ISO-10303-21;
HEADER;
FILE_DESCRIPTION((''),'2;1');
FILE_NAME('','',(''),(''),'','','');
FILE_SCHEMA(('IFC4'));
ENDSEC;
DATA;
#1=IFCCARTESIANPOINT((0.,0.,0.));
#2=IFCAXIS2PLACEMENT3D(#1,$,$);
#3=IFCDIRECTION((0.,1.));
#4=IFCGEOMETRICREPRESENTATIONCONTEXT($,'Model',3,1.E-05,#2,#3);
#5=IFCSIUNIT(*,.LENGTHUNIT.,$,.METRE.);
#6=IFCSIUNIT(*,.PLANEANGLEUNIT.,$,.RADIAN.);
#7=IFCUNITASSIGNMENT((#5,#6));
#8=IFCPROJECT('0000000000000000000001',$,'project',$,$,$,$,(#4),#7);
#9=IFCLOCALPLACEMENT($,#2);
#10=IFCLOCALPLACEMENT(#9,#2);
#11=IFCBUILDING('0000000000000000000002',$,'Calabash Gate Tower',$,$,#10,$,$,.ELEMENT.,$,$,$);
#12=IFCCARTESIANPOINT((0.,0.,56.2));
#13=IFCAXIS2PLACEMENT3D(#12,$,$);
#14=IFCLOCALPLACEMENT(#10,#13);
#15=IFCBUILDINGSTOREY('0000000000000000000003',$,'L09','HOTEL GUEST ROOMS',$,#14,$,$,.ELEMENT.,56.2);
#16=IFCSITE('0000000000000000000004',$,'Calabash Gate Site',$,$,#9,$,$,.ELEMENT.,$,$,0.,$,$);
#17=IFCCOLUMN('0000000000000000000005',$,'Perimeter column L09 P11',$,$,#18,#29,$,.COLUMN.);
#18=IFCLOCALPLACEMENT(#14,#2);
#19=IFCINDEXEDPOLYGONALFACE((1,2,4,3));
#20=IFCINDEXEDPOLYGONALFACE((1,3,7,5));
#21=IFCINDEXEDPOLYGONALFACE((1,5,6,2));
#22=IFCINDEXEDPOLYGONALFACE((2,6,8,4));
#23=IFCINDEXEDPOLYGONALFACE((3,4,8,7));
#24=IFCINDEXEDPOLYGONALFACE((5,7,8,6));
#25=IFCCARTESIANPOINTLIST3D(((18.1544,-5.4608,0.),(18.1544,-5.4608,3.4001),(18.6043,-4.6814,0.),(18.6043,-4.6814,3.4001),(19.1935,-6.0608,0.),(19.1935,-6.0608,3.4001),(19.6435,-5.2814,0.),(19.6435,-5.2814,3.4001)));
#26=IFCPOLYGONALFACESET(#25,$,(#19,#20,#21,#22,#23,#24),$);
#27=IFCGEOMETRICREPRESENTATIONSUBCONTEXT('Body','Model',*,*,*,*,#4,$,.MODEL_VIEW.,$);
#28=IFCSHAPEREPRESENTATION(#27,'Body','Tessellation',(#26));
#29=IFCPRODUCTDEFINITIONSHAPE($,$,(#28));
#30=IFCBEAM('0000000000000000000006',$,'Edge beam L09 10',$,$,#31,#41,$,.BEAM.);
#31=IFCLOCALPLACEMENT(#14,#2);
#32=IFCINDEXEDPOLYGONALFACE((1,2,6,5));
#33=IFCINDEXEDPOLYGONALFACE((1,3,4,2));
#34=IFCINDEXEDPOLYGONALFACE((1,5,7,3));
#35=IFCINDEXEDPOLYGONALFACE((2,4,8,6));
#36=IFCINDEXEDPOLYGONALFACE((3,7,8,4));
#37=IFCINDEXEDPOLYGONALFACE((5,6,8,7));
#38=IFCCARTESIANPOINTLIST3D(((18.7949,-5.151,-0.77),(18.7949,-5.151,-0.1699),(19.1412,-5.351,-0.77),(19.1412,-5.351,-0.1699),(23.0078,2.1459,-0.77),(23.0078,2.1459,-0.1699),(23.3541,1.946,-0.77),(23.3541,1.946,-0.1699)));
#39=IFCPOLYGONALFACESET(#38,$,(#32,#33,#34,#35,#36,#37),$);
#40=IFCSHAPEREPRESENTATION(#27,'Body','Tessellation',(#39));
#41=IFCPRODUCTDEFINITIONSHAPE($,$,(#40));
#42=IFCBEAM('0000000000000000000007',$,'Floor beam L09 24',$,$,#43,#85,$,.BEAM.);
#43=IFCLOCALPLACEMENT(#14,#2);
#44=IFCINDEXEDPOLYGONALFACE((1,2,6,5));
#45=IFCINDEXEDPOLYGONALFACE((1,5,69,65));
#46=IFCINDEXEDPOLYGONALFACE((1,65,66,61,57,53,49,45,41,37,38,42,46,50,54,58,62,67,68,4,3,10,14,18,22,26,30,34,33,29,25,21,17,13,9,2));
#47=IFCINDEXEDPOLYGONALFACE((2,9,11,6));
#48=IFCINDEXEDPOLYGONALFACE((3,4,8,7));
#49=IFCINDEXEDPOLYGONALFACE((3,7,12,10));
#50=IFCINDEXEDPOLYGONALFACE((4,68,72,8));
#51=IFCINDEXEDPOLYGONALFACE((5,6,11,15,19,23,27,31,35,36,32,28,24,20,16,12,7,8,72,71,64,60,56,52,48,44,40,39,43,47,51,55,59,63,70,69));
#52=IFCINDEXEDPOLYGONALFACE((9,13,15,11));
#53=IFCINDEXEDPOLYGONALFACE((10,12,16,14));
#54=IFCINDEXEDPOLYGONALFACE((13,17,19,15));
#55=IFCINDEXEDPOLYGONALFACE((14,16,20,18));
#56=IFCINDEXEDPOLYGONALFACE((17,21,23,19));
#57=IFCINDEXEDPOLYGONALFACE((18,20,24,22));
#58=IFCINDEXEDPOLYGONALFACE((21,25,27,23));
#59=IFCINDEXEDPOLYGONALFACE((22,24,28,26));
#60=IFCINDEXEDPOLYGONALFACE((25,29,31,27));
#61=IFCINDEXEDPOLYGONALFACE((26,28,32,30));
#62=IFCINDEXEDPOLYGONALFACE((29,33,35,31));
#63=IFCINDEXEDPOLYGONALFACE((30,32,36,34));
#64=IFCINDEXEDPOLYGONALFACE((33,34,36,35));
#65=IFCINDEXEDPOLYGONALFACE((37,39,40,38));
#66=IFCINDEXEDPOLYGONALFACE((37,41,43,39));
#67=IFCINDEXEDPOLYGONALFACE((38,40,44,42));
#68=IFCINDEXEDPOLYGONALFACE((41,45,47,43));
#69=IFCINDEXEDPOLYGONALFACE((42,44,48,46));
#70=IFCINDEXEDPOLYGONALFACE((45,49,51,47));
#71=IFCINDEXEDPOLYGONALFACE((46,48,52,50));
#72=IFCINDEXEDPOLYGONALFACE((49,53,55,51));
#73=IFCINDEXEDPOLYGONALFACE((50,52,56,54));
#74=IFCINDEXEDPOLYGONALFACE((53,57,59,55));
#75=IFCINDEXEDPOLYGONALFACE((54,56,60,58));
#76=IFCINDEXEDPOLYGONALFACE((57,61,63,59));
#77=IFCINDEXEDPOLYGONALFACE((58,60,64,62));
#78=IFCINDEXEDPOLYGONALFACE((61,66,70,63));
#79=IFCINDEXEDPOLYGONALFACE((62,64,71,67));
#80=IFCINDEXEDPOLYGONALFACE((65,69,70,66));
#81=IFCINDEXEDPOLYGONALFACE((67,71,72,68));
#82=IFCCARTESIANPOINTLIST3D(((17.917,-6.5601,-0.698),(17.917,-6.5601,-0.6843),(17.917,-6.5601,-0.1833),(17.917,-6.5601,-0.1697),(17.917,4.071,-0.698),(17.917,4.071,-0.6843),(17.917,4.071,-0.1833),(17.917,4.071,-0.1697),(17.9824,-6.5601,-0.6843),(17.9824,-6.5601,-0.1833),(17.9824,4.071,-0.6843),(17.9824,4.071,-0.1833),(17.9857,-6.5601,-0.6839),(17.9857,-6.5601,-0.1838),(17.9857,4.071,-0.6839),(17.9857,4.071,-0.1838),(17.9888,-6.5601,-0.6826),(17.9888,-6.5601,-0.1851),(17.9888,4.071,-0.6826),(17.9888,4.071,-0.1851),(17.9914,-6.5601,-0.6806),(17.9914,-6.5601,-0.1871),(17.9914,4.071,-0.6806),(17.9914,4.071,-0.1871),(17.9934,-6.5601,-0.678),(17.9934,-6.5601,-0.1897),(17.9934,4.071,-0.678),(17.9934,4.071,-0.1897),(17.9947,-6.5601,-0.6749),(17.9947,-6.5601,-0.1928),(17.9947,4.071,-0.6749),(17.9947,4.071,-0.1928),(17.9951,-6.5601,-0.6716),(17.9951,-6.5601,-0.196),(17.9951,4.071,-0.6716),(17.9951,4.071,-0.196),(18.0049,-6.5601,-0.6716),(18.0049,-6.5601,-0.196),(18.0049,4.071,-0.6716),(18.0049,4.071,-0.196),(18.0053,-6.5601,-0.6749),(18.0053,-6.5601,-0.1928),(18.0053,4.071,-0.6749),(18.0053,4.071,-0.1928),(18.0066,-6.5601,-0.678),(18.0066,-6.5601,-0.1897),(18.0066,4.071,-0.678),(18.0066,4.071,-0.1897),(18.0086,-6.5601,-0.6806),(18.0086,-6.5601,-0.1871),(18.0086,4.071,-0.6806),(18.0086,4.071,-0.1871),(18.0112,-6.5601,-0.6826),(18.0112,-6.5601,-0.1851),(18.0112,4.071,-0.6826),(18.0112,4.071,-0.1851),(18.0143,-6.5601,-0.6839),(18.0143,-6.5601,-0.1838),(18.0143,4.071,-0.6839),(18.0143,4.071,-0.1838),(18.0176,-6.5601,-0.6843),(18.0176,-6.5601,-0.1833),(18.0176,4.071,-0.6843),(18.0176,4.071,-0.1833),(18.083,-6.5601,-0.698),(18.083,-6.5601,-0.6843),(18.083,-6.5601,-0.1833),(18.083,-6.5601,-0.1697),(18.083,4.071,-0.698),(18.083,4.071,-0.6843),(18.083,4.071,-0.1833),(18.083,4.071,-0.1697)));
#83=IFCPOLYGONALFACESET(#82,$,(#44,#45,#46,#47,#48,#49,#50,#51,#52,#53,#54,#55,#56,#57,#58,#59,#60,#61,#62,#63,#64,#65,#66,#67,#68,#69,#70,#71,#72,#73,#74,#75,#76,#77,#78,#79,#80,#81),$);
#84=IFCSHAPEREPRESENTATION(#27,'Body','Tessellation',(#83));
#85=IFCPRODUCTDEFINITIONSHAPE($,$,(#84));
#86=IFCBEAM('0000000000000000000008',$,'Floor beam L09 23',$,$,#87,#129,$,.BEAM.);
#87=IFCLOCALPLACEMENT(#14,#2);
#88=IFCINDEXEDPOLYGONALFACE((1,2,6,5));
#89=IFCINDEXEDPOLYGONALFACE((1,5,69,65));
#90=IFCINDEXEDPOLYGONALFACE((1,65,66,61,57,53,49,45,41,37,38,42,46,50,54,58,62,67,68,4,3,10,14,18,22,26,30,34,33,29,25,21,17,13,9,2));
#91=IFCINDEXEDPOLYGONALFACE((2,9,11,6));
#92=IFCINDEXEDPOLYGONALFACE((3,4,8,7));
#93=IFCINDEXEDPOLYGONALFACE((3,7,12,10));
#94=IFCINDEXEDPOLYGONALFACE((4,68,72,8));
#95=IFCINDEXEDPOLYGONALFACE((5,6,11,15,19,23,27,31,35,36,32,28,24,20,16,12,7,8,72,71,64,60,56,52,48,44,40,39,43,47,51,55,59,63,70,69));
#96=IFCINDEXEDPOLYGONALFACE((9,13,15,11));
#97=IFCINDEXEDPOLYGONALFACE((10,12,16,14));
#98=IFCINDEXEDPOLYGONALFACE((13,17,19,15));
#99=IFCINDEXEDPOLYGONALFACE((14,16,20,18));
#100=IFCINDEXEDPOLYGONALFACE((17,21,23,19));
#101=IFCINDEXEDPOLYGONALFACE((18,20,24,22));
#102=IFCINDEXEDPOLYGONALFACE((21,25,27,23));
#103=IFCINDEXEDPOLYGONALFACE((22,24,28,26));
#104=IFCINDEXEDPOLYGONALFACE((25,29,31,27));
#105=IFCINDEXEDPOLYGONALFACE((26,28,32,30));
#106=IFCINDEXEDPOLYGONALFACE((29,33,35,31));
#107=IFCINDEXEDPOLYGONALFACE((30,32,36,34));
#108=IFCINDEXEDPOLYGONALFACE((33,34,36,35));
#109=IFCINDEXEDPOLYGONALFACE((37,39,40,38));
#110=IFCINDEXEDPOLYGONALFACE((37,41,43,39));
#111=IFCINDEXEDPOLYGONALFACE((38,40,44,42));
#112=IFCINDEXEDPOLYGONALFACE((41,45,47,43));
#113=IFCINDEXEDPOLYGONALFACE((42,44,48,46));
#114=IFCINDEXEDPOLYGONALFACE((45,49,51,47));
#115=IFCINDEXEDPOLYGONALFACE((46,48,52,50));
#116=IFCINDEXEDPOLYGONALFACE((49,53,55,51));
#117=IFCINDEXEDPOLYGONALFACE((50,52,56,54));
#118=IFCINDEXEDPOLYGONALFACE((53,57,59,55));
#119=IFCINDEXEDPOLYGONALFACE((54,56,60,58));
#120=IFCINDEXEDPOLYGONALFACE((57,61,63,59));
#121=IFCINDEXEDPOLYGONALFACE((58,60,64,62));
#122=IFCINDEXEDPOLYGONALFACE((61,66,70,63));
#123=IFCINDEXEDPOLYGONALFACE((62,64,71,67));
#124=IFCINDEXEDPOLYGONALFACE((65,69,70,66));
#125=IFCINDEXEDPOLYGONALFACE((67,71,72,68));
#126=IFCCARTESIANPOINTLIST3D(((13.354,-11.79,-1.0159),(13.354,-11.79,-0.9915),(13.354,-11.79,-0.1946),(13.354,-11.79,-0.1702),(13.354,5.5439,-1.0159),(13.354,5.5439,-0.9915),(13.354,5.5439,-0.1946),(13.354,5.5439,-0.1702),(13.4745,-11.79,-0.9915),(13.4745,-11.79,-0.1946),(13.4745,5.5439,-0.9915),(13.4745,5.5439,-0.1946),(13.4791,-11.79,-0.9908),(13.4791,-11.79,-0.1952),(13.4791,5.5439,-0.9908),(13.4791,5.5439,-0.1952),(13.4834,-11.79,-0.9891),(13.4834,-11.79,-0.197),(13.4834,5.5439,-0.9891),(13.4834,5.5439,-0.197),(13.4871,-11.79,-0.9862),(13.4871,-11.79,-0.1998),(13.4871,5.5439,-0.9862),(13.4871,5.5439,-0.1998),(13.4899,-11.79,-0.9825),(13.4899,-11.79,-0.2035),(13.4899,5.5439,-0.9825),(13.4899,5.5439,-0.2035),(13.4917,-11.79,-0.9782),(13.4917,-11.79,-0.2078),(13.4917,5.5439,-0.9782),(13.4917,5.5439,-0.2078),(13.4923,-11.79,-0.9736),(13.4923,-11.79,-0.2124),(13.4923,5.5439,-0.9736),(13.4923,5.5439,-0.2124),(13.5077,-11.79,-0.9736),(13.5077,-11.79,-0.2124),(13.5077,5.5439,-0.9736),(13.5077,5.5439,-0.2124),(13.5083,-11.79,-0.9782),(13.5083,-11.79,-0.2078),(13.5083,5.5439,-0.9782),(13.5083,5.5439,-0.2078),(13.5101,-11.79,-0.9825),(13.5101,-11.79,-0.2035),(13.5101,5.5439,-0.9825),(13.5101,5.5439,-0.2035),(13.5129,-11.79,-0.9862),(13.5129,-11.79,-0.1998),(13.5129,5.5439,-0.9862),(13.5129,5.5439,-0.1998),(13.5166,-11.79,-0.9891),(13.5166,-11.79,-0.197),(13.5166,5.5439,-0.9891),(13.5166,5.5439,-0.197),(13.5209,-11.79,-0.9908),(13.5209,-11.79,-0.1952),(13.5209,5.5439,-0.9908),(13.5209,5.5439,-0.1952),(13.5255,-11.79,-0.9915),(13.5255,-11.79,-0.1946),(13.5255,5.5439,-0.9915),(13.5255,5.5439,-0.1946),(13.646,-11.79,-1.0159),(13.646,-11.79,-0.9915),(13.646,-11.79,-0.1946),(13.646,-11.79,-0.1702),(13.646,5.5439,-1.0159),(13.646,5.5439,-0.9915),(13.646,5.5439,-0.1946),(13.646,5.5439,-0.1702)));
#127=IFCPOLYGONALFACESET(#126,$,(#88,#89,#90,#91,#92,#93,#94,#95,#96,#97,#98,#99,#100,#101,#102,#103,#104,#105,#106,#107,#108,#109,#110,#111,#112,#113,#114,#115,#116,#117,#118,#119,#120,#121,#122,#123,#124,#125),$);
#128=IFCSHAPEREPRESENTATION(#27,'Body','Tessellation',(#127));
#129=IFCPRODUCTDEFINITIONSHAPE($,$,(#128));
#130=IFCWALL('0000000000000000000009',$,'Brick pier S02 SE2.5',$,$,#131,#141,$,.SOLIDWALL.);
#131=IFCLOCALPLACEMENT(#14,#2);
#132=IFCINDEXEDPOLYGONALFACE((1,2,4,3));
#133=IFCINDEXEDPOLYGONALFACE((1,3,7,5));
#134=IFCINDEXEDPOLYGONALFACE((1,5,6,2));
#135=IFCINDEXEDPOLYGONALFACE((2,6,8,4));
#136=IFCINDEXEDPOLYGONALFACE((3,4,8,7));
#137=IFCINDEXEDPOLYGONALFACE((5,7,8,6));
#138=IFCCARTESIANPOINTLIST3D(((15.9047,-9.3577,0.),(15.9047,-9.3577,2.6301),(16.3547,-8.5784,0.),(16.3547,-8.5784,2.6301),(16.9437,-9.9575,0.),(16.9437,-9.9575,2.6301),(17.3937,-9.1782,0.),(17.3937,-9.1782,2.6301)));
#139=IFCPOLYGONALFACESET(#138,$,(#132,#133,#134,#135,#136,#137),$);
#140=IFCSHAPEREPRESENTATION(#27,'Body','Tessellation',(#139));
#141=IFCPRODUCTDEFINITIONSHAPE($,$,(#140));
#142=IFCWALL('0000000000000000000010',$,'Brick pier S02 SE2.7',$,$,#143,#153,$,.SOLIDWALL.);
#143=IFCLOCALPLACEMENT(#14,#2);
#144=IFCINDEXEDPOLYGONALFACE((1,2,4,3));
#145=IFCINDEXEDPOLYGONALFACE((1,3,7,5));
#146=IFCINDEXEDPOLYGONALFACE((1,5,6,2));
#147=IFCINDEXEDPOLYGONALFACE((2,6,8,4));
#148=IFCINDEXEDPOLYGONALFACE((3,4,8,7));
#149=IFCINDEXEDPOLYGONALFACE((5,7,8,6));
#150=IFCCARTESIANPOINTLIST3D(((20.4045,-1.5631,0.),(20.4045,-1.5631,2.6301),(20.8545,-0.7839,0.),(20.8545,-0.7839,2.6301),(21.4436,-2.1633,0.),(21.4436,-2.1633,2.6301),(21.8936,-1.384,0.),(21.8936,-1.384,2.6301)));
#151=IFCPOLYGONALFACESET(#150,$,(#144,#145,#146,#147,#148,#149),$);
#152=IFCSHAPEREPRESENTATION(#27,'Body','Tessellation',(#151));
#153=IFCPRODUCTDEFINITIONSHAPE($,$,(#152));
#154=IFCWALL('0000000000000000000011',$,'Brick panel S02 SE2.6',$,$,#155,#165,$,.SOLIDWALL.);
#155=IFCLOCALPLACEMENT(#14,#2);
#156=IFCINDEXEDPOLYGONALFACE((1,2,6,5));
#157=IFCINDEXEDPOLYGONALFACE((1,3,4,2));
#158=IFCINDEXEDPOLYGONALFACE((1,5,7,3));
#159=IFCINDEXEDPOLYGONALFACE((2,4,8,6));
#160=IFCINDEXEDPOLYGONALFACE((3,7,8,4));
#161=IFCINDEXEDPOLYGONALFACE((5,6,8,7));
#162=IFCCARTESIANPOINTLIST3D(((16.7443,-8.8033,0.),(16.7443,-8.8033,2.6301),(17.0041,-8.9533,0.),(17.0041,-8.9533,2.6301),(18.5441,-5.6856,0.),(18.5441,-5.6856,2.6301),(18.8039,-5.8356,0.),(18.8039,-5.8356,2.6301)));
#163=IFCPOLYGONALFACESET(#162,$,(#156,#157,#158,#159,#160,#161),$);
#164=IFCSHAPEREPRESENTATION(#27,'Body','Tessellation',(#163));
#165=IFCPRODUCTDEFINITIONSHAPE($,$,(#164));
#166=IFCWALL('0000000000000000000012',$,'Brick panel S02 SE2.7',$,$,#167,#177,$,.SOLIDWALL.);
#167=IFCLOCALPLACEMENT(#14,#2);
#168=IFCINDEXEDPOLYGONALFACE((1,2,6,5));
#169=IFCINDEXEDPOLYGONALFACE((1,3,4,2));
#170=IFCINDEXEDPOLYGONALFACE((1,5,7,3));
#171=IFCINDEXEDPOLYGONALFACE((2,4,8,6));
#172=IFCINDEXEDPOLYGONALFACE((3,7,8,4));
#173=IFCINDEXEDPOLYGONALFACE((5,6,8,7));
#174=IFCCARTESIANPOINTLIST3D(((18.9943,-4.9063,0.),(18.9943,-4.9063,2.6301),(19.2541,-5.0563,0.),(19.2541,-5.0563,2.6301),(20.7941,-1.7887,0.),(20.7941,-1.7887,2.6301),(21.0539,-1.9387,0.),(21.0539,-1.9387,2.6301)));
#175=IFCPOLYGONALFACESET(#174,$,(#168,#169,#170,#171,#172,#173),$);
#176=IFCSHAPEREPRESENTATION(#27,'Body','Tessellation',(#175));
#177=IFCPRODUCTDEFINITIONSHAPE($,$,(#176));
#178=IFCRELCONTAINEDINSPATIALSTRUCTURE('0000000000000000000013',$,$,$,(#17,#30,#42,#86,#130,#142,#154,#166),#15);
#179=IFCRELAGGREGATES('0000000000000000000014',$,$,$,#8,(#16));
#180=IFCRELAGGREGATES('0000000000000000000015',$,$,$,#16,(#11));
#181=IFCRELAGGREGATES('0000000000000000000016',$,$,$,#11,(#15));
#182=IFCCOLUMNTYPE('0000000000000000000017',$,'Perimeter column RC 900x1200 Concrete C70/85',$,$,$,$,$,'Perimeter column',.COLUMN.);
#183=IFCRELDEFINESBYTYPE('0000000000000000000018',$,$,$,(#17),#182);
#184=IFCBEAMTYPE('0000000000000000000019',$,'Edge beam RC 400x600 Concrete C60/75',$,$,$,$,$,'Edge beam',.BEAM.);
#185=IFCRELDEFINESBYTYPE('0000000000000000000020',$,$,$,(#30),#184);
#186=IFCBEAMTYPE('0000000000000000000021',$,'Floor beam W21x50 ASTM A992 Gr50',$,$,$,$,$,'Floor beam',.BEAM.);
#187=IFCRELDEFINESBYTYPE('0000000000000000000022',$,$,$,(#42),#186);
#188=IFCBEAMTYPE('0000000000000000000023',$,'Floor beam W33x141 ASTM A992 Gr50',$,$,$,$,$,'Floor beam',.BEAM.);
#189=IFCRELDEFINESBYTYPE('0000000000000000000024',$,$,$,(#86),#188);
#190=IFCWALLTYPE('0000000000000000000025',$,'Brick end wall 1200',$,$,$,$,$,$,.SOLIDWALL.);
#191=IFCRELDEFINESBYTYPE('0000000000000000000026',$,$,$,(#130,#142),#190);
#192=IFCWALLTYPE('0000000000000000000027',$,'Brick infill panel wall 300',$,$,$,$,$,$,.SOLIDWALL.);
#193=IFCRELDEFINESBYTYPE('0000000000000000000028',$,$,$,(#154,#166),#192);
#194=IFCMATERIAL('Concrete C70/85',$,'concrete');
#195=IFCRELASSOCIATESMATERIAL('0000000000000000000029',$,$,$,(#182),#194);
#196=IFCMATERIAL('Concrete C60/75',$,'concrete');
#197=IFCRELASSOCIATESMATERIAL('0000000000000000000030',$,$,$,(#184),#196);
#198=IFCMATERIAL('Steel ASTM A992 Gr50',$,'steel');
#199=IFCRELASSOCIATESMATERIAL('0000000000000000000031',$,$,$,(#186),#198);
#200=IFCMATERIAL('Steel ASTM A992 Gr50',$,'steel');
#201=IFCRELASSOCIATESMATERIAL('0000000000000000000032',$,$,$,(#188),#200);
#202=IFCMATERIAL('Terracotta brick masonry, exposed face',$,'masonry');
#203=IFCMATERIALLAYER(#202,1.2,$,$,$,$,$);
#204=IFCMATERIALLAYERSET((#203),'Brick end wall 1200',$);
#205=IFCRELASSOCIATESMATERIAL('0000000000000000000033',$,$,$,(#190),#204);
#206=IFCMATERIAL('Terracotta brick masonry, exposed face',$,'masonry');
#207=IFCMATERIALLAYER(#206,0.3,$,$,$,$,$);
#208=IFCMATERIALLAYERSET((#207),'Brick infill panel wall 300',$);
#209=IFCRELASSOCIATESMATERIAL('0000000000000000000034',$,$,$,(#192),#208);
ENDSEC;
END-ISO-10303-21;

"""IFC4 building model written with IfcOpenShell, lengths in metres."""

from ifc_helpers import new_model, si_unit, direction, frame, frame_2d, origin, origin_2d, place, context, subcontext, project, spatial, rectangle, i_section, extrude, material, layer, layer_set, material_profile, profile_set, type_object, element, save


model = new_model("IFC4")

# Units and contexts
model_context = context("Model", 3, precision=1e-05, world=origin(), true_north=direction((0.0, 1.0)))
body_context = subcontext(model_context, "Body", "Model", "MODEL_VIEW")
ifc_project = project(units=[si_unit("LENGTHUNIT", "METRE"), si_unit("PLANEANGLEUNIT", "RADIAN")], contexts=[model_context])

# Site, building, storey
site_placement = place(None, origin())
site = spatial("IfcSite", under=ifc_project, at=site_placement, Name="Calabash Gate Site", CompositionType="ELEMENT", RefElevation=0.0)
building_placement = place(site_placement, origin())
building = spatial("IfcBuilding", under=site, at=building_placement, Name="Calabash Gate Tower", CompositionType="ELEMENT")
storey_placement = place(building_placement, frame((0.0, 0.0, 56.2)))
storey = spatial("IfcBuildingStorey", under=building, at=storey_placement, Name="L09", Description="HOTEL GUEST ROOMS", CompositionType="ELEMENT", Elevation=56.2)

# Column
ifc_material_1 = material(Name="Concrete C70/85", Category="concrete")
ifc_material_profile_1 = material_profile(ifc_material_1, rectangle(XDim=0.8999, YDim=1.2, at=origin_2d()))
ifc_profile_set_1 = profile_set([ifc_material_profile_1], Name="Concrete C70/85")
column_type = type_object("IfcColumnType", Name="Perimeter column RC 900x1200 Concrete C70/85", ElementType="Perimeter column", PredefinedType="COLUMN", material=ifc_profile_set_1)
column_placement = place(storey_placement, frame((18.8989, -5.3711, 0.0), z_axis=(0.0, 0.0, 1.0), x_axis=(0.5, 0.866025, 0.0)))
element("IfcColumn", 1, at=column_placement, inside=storey, type_object=column_type, Name="Perimeter column L09 P11", PredefinedType="COLUMN", context=body_context, shape_type="SweptSolid", body=[
    extrude(rectangle(XDim=0.8999, YDim=1.2, at=origin_2d()), origin(), (0.0, 0.0, 1.0), 3.4001),
])

# Beams
ifc_material_2 = material(Name="Concrete C60/75", Category="concrete")
ifc_material_profile_2 = material_profile(ifc_material_2, rectangle(XDim=0.3999, YDim=0.6001, at=origin_2d()))
ifc_profile_set_2 = profile_set([ifc_material_profile_2], Name="Concrete C60/75")
beam_type_1 = type_object("IfcBeamType", Name="Edge beam RC 400x600 Concrete C60/75", ElementType="Edge beam", PredefinedType="BEAM", material=ifc_profile_set_2)
beam_1_placement = place(storey_placement, frame((18.968, -5.251, -0.47), z_axis=(0.500003, 0.866023, 0.0), x_axis=(-0.866023, 0.500003, 0.0)))
element("IfcBeam", 2, at=beam_1_placement, inside=storey, type_object=beam_type_1, Name="Edge beam L09 10", PredefinedType="BEAM", context=body_context, shape_type="SweptSolid", body=[
    extrude(rectangle(XDim=0.3999, YDim=0.6001, at=origin_2d()), origin(), (0.0, 0.0, 1.0), 8.4258),
])
ifc_material_3 = material(Name="Steel ASTM A992 Gr50", Category="steel")
ifc_material_profile_3 = material_profile(ifc_material_3, i_section(OverallWidth=0.166, OverallDepth=0.5283, WebThickness=0.0098, FlangeThickness=0.0137, FilletRadius=0.0127, at=origin_2d()))
ifc_profile_set_3 = profile_set([ifc_material_profile_3], Name="Steel ASTM A992 Gr50")
beam_type_2 = type_object("IfcBeamType", Name="Floor beam W21x50 ASTM A992 Gr50", ElementType="Floor beam", PredefinedType="BEAM", material=ifc_profile_set_3)
beam_2_placement = place(storey_placement, frame((18.0, -6.5601, -0.4338), z_axis=(0.0, 1.0, 0.0), x_axis=(-1.0, 0.0, 0.0)))
element("IfcBeam", 3, at=beam_2_placement, inside=storey, type_object=beam_type_2, Name="Floor beam L09 24", PredefinedType="BEAM", context=body_context, shape_type="SweptSolid", body=[
    extrude(i_section(OverallWidth=0.166, OverallDepth=0.5283, WebThickness=0.0098, FlangeThickness=0.0137, FilletRadius=0.0127, at=origin_2d()), origin(), (0.0, 0.0, 1.0), 10.6311),
])
ifc_material_4 = material(Name="Steel ASTM A992 Gr50", Category="steel")
ifc_material_profile_4 = material_profile(ifc_material_4, i_section(OverallWidth=0.292, OverallDepth=0.8457, WebThickness=0.0154, FlangeThickness=0.0244, FilletRadius=0.0178, at=origin_2d()))
ifc_profile_set_4 = profile_set([ifc_material_profile_4], Name="Steel ASTM A992 Gr50")
beam_type_3 = type_object("IfcBeamType", Name="Floor beam W33x141 ASTM A992 Gr50", ElementType="Floor beam", PredefinedType="BEAM", material=ifc_profile_set_4)
beam_3_placement = place(storey_placement, frame((13.5, -11.79, -0.593), z_axis=(0.0, 1.0, 0.0), x_axis=(-1.0, 0.0, 0.0)))
element("IfcBeam", 4, at=beam_3_placement, inside=storey, type_object=beam_type_3, Name="Floor beam L09 23", PredefinedType="BEAM", context=body_context, shape_type="SweptSolid", body=[
    extrude(i_section(OverallWidth=0.292, OverallDepth=0.8457, WebThickness=0.0154, FlangeThickness=0.0244, FilletRadius=0.0178, at=origin_2d()), origin(), (0.0, 0.0, 1.0), 17.334),
])

# Walls
ifc_material_5 = material(Name="Terracotta brick masonry, exposed face", Category="masonry")
ifc_layer_1 = layer(ifc_material_5, 1.2)
ifc_layer_set_1 = layer_set([ifc_layer_1], Name="Brick end wall 1200")
wall_type_1 = type_object("IfcWallType", Name="Brick end wall 1200", PredefinedType="SOLIDWALL", material=ifc_layer_set_1)
wall_1_placement = place(storey_placement, frame((17.1687, -9.5679, 0.0), z_axis=(0.0, 0.0, 1.0), x_axis=(-0.866043, 0.499969, 0.0)))
element("IfcWall", 5, at=wall_1_placement, inside=storey, type_object=wall_type_1, Name="Brick pier S02 SE2.5", PredefinedType="SOLIDWALL", context=body_context, shape_type="SweptSolid", body=[
    extrude(rectangle(XDim=1.1997, YDim=0.8999, at=frame_2d((0.5999, 0.0))), origin(), (0.0, 0.0, 1.0), 2.6301),
])
wall_2_placement = place(storey_placement, frame((21.6687, -1.7737, 0.0), z_axis=(0.0, 0.0, 1.0), x_axis=(-0.865955, 0.500122, 0.0)))
element("IfcWall", 6, at=wall_2_placement, inside=storey, type_object=wall_type_1, Name="Brick pier S02 SE2.7", PredefinedType="SOLIDWALL", context=body_context, shape_type="SweptSolid", body=[
    extrude(rectangle(XDim=1.2, YDim=0.8999, at=frame_2d((0.6001, 0.0))), origin(), (0.0, 0.0, 1.0), 2.6301),
])
ifc_material_6 = material(Name="Terracotta brick masonry, exposed face", Category="masonry")
ifc_layer_2 = layer(ifc_material_6, 0.3)
ifc_layer_set_2 = layer_set([ifc_layer_2], Name="Brick infill panel wall 300")
wall_type_2 = type_object("IfcWallType", Name="Brick infill panel wall 300", PredefinedType="SOLIDWALL", material=ifc_layer_set_2)
for number, where, z_axis, x_axis, name in (
    (7, (16.8743, -8.8782, 0.0), (0.0, 0.0, 1.0), (0.499961, 0.866048, 0.0), "Brick panel S02 SE2.6"),
    (8, (19.1243, -4.9812, 0.0), (0.0, 0.0, 1.0), (0.499961, 0.866048, 0.0), "Brick panel S02 SE2.7"),
):
    element("IfcWall", number, at=place(storey_placement, frame(where, z_axis=z_axis, x_axis=x_axis)), inside=storey, type_object=wall_type_2, Name=name, PredefinedType="SOLIDWALL", context=body_context, shape_type="SweptSolid", body=[
        extrude(rectangle(XDim=3.5999, YDim=0.3, at=frame_2d((1.7998, 0.0))), origin(), (0.0, 0.0, 1.0), 2.6301),
    ])

save(model, "model.ifc")
